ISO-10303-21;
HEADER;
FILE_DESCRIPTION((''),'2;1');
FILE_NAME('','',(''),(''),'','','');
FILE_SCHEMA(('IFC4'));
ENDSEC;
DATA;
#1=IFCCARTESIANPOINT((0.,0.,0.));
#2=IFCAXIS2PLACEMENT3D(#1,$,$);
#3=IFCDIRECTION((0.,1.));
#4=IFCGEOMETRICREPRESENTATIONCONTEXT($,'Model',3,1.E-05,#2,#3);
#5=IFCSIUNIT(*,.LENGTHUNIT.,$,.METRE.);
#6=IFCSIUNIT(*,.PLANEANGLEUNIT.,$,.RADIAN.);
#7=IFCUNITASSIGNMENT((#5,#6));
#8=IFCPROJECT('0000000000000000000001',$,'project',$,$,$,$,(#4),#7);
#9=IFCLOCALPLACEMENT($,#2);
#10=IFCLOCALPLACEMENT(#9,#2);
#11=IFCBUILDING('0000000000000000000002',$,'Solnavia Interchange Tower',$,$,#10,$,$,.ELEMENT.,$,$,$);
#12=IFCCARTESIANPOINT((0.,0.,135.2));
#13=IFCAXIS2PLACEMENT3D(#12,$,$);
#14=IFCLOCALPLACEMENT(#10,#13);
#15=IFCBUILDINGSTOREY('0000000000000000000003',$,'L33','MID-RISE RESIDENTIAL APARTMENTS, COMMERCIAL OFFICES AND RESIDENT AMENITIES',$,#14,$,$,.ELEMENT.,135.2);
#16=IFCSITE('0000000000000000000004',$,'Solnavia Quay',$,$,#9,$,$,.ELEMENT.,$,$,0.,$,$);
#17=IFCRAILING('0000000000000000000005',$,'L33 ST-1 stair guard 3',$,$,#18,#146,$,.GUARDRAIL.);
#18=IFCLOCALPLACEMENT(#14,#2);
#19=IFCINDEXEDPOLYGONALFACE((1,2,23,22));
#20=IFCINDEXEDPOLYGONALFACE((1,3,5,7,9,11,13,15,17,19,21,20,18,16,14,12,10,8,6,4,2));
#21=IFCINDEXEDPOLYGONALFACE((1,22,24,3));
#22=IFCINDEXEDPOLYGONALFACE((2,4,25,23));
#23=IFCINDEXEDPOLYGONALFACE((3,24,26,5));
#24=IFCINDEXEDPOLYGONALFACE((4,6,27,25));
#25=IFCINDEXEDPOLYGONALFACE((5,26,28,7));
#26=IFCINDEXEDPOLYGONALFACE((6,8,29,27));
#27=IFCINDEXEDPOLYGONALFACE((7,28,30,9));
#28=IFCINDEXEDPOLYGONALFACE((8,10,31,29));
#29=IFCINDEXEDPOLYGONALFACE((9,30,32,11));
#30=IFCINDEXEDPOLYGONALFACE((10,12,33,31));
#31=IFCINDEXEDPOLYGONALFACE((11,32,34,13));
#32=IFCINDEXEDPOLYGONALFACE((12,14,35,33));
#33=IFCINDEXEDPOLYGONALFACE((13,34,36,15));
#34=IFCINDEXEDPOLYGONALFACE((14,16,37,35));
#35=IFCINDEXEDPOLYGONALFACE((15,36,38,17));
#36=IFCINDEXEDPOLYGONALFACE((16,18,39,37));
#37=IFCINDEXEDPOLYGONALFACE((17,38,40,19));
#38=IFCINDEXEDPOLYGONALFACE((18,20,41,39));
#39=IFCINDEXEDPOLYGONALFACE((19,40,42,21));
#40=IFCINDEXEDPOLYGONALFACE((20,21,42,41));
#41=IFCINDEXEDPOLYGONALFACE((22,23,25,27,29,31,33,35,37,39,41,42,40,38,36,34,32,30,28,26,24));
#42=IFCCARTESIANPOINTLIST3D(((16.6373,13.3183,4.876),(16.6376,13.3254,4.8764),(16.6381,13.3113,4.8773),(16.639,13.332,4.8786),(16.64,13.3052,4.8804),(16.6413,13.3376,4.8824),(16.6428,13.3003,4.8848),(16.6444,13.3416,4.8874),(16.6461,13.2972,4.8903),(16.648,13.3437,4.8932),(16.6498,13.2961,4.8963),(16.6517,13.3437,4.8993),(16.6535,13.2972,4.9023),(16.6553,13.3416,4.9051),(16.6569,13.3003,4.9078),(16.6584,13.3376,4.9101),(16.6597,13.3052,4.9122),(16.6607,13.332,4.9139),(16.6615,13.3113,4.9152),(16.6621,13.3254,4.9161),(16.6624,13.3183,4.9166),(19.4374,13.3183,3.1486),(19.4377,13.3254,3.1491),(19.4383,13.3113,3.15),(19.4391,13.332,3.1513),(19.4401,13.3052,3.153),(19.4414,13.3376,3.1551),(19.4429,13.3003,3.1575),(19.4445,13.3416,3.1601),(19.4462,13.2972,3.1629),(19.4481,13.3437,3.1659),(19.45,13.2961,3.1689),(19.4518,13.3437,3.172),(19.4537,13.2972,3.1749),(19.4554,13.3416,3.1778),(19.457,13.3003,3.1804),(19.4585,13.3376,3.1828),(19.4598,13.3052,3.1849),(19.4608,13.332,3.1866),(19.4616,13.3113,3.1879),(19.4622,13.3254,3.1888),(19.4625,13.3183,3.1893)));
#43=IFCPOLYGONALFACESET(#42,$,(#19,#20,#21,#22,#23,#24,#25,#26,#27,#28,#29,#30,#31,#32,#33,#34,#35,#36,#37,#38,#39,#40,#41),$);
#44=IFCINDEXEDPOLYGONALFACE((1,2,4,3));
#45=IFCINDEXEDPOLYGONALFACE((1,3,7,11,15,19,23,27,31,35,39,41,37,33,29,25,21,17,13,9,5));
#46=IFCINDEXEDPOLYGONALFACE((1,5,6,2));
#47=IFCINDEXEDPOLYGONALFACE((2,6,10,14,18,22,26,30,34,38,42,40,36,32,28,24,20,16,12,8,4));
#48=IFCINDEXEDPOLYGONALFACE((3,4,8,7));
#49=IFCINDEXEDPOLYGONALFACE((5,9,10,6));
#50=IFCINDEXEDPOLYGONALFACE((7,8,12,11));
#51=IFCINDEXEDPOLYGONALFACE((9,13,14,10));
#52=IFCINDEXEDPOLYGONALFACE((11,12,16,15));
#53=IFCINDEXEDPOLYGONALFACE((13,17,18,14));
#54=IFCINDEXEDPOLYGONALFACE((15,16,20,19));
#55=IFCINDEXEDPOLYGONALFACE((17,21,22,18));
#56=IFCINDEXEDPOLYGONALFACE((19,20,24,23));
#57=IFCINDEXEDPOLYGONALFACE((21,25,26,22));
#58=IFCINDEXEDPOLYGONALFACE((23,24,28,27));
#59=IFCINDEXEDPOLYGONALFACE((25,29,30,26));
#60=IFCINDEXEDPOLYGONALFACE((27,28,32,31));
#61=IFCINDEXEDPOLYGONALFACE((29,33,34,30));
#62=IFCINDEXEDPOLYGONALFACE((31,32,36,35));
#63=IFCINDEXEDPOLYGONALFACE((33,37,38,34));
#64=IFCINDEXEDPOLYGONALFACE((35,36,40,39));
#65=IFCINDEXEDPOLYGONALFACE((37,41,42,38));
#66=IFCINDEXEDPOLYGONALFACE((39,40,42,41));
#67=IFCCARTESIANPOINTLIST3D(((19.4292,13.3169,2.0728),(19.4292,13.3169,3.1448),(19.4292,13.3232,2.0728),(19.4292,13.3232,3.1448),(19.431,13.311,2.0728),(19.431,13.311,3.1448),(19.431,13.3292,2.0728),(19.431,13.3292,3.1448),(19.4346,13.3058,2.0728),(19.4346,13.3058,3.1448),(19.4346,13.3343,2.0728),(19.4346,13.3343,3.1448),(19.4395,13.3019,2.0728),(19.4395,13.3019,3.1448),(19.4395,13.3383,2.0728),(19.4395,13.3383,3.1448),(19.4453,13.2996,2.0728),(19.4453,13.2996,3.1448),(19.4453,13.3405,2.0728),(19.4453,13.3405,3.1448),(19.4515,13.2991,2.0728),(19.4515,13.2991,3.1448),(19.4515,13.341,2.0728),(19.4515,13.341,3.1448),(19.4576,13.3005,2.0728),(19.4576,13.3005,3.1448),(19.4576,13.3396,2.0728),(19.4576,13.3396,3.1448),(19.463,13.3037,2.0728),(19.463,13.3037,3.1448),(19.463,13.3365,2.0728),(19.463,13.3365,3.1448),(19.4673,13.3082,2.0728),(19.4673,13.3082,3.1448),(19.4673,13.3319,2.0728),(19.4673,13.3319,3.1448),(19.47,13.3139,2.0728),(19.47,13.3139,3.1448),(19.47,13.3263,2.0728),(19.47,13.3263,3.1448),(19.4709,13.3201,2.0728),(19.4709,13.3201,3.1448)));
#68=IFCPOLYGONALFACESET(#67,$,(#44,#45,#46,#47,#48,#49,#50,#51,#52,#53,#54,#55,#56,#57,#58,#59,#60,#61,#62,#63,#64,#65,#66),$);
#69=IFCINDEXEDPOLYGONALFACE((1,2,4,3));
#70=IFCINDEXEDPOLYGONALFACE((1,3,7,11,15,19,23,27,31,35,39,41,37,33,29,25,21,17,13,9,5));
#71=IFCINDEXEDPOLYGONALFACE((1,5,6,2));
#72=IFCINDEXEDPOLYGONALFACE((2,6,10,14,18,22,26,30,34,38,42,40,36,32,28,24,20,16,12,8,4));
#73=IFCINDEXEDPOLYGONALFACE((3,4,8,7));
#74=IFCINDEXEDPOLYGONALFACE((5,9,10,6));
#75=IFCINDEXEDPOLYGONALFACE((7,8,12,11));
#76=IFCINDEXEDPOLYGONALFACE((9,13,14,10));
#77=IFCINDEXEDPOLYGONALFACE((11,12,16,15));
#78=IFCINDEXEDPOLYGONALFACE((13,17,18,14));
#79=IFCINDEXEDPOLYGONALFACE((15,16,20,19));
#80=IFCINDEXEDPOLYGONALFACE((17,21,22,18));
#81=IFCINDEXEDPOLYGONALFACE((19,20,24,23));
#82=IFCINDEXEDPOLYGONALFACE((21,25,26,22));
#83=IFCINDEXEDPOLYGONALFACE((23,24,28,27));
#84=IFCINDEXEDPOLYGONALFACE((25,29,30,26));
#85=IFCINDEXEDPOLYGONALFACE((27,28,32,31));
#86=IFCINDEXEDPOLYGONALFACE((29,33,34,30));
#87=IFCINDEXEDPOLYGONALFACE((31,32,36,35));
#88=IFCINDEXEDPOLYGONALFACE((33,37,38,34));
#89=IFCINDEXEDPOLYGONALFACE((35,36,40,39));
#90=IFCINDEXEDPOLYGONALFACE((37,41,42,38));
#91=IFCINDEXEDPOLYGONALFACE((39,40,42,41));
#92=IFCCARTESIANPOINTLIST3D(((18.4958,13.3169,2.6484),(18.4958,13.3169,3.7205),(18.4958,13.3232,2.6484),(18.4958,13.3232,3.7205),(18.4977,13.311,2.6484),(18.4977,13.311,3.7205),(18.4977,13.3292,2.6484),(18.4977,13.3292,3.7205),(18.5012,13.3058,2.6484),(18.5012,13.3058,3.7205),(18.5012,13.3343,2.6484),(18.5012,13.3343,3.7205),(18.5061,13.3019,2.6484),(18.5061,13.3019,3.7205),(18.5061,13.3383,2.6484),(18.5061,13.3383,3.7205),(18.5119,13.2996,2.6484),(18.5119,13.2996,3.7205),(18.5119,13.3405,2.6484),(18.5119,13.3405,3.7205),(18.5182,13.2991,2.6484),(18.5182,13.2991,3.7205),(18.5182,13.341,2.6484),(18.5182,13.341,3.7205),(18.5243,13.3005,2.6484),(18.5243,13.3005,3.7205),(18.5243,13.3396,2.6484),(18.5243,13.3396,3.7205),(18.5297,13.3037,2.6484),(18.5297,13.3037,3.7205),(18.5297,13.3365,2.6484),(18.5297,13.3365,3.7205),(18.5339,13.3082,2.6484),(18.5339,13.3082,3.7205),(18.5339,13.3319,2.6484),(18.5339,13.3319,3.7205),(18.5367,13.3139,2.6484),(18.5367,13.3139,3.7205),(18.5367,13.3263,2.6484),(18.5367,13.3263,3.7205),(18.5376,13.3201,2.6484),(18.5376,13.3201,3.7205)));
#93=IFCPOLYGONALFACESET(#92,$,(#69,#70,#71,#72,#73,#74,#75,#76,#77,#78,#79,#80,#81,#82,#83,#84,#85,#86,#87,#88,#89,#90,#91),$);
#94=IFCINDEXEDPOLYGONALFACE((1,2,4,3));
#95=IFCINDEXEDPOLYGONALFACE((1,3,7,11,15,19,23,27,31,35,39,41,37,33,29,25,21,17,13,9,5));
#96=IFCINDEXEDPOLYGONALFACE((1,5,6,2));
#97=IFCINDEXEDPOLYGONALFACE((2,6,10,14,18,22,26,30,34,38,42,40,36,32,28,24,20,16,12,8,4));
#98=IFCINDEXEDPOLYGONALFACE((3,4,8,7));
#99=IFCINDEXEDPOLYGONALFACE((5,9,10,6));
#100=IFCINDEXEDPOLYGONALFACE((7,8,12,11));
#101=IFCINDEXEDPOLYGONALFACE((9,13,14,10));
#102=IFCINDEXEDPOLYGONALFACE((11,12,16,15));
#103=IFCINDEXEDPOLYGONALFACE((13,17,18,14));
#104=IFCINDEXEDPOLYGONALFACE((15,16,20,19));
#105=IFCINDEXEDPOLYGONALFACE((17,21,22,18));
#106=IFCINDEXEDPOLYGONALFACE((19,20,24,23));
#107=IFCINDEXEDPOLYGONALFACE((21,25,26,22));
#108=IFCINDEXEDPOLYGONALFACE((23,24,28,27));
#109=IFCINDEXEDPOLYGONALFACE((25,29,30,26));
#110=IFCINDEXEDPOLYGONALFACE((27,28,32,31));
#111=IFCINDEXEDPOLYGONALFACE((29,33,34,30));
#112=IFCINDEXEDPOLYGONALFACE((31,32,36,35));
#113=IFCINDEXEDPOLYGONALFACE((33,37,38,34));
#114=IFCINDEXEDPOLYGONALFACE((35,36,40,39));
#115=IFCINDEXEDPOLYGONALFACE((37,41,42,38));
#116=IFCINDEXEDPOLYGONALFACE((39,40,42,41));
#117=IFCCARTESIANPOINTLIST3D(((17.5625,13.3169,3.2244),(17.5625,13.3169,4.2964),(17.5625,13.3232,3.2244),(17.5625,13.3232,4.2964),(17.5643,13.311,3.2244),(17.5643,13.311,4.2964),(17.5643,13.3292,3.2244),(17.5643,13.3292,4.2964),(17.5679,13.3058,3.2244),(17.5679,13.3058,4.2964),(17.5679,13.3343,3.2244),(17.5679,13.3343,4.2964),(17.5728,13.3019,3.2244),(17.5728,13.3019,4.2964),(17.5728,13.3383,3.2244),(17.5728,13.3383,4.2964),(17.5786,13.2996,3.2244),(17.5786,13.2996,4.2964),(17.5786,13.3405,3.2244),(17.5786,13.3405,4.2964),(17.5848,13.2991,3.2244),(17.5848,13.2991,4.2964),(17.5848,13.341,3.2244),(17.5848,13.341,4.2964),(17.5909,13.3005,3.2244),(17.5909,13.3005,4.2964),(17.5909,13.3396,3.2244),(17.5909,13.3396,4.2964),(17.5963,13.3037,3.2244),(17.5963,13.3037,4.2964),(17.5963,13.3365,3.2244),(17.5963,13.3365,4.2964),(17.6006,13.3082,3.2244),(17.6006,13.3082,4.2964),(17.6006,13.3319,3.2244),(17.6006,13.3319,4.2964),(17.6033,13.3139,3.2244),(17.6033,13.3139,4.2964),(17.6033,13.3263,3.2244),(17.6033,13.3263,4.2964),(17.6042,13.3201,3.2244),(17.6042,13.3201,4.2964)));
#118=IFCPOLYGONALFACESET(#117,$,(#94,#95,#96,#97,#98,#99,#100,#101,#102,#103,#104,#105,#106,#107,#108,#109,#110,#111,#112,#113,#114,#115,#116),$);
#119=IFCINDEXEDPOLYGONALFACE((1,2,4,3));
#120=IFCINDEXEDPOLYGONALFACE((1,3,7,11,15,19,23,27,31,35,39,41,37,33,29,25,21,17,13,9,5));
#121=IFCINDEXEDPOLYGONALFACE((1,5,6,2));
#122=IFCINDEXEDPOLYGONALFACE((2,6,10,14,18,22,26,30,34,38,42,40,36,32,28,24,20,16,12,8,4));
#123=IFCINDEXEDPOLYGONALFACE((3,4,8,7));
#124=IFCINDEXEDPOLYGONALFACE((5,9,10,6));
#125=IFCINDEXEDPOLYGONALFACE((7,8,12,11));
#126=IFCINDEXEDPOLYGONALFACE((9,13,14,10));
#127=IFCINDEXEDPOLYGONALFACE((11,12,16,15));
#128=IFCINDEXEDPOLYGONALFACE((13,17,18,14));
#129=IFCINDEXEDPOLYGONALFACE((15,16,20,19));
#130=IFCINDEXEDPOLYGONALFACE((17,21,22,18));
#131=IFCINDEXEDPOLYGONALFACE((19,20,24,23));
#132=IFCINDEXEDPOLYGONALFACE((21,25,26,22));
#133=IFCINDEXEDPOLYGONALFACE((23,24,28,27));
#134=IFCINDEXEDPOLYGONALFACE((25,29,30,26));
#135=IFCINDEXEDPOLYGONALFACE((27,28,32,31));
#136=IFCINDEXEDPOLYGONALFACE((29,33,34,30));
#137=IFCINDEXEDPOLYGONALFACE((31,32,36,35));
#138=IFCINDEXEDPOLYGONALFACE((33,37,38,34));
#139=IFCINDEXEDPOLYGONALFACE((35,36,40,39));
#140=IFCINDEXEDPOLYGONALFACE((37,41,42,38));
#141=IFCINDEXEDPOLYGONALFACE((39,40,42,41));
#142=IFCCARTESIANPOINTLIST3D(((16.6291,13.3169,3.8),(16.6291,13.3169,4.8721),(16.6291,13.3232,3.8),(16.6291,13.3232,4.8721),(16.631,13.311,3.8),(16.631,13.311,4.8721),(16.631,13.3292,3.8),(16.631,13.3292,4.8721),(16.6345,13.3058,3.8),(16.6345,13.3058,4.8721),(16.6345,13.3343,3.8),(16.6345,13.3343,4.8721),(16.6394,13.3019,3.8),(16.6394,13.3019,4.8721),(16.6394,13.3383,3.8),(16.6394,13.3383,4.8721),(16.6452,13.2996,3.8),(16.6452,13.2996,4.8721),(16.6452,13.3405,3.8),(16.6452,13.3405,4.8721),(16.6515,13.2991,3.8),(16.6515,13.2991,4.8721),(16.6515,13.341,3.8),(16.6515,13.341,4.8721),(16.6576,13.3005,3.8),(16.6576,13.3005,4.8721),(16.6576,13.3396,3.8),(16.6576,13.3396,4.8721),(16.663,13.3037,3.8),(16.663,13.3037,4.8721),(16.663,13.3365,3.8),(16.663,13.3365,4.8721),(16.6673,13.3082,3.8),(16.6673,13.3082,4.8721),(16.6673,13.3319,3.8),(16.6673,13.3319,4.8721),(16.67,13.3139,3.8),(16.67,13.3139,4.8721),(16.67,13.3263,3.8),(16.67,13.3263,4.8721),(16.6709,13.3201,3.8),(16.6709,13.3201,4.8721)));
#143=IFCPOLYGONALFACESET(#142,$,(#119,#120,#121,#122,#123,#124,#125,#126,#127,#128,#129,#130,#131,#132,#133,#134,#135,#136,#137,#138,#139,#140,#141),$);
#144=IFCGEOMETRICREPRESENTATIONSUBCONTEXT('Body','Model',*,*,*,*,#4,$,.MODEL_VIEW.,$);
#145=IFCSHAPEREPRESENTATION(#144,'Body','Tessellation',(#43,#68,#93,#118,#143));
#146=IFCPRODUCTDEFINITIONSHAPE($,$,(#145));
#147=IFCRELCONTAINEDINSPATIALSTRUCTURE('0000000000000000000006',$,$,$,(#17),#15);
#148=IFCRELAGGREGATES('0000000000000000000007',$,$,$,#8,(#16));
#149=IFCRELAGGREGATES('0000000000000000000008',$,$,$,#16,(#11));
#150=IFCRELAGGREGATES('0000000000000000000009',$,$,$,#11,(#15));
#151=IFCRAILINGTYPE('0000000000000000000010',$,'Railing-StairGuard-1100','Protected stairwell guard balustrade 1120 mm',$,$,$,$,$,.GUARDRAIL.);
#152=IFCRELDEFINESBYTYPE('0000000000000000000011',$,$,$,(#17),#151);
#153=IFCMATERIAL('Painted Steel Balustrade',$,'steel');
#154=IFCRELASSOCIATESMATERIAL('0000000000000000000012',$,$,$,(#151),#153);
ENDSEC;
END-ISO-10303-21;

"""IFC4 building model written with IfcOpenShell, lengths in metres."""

from ifc_helpers import new_model, si_unit, direction, frame, origin, origin_2d, place, context, subcontext, project, spatial, circle, extrude, material, type_object, element, save


model = new_model("IFC4")

# Units and contexts
model_context = context("Model", 3, precision=1e-05, world=origin(), true_north=direction((0.0, 1.0)))
body_context = subcontext(model_context, "Body", "Model", "MODEL_VIEW")
ifc_project = project(units=[si_unit("LENGTHUNIT", "METRE"), si_unit("PLANEANGLEUNIT", "RADIAN")], contexts=[model_context])

# Site, building, storey
site_placement = place(None, origin())
site = spatial("IfcSite", under=ifc_project, at=site_placement, Name="Solnavia Quay", CompositionType="ELEMENT", RefElevation=0.0)
building_placement = place(site_placement, origin())
building = spatial("IfcBuilding", under=site, at=building_placement, Name="Solnavia Interchange Tower", CompositionType="ELEMENT")
storey_placement = place(building_placement, frame((0.0, 0.0, 135.2)))
storey = spatial("IfcBuildingStorey", under=building, at=storey_placement, Name="L33", Description="MID-RISE RESIDENTIAL APARTMENTS, COMMERCIAL OFFICES AND RESIDENT AMENITIES", CompositionType="ELEMENT", Elevation=135.2)

# Railing
ifc_material_1 = material(Name="Painted Steel Balustrade", Category="steel")
railing_type_1 = type_object("IfcRailingType", Name="Railing-StairGuard-1100", Description="Protected stairwell guard balustrade 1120 mm", PredefinedType="GUARDRAIL", material=ifc_material_1)
railing_1_placement = place(storey_placement, frame((19.45, 13.3201, 2.0728)))
element("IfcRailing", 1, at=railing_1_placement, inside=storey, type_object=railing_type_1, Name="L33 ST-1 stair guard 3", PredefinedType="GUARDRAIL", context=body_context, shape_type="SweptSolid", body=[
    extrude(circle(Radius=0.0239, at=origin_2d()), frame((0.0, 0.0, 1.0962), z_axis=(-0.85109, 0.0, 0.52502), x_axis=(0.0, -1.0, 0.0)), (0.0, 0.0, 1.0), 3.29),
    extrude(circle(Radius=0.021, at=origin_2d()), origin(), (0.0, 0.0, 1.0), 1.072),
    extrude(circle(Radius=0.021, at=origin_2d()), frame((-0.9333, 0.0, 0.5757)), (0.0, 0.0, 1.0), 1.072),
    extrude(circle(Radius=0.021, at=origin_2d()), frame((-1.8667, 0.0, 1.1516)), (0.0, 0.0, 1.0), 1.072),
    extrude(circle(Radius=0.021, at=origin_2d()), frame((-2.8, 0.0, 1.7273)), (0.0, 0.0, 1.0), 1.072),
])

save(model, "model.ifc")
